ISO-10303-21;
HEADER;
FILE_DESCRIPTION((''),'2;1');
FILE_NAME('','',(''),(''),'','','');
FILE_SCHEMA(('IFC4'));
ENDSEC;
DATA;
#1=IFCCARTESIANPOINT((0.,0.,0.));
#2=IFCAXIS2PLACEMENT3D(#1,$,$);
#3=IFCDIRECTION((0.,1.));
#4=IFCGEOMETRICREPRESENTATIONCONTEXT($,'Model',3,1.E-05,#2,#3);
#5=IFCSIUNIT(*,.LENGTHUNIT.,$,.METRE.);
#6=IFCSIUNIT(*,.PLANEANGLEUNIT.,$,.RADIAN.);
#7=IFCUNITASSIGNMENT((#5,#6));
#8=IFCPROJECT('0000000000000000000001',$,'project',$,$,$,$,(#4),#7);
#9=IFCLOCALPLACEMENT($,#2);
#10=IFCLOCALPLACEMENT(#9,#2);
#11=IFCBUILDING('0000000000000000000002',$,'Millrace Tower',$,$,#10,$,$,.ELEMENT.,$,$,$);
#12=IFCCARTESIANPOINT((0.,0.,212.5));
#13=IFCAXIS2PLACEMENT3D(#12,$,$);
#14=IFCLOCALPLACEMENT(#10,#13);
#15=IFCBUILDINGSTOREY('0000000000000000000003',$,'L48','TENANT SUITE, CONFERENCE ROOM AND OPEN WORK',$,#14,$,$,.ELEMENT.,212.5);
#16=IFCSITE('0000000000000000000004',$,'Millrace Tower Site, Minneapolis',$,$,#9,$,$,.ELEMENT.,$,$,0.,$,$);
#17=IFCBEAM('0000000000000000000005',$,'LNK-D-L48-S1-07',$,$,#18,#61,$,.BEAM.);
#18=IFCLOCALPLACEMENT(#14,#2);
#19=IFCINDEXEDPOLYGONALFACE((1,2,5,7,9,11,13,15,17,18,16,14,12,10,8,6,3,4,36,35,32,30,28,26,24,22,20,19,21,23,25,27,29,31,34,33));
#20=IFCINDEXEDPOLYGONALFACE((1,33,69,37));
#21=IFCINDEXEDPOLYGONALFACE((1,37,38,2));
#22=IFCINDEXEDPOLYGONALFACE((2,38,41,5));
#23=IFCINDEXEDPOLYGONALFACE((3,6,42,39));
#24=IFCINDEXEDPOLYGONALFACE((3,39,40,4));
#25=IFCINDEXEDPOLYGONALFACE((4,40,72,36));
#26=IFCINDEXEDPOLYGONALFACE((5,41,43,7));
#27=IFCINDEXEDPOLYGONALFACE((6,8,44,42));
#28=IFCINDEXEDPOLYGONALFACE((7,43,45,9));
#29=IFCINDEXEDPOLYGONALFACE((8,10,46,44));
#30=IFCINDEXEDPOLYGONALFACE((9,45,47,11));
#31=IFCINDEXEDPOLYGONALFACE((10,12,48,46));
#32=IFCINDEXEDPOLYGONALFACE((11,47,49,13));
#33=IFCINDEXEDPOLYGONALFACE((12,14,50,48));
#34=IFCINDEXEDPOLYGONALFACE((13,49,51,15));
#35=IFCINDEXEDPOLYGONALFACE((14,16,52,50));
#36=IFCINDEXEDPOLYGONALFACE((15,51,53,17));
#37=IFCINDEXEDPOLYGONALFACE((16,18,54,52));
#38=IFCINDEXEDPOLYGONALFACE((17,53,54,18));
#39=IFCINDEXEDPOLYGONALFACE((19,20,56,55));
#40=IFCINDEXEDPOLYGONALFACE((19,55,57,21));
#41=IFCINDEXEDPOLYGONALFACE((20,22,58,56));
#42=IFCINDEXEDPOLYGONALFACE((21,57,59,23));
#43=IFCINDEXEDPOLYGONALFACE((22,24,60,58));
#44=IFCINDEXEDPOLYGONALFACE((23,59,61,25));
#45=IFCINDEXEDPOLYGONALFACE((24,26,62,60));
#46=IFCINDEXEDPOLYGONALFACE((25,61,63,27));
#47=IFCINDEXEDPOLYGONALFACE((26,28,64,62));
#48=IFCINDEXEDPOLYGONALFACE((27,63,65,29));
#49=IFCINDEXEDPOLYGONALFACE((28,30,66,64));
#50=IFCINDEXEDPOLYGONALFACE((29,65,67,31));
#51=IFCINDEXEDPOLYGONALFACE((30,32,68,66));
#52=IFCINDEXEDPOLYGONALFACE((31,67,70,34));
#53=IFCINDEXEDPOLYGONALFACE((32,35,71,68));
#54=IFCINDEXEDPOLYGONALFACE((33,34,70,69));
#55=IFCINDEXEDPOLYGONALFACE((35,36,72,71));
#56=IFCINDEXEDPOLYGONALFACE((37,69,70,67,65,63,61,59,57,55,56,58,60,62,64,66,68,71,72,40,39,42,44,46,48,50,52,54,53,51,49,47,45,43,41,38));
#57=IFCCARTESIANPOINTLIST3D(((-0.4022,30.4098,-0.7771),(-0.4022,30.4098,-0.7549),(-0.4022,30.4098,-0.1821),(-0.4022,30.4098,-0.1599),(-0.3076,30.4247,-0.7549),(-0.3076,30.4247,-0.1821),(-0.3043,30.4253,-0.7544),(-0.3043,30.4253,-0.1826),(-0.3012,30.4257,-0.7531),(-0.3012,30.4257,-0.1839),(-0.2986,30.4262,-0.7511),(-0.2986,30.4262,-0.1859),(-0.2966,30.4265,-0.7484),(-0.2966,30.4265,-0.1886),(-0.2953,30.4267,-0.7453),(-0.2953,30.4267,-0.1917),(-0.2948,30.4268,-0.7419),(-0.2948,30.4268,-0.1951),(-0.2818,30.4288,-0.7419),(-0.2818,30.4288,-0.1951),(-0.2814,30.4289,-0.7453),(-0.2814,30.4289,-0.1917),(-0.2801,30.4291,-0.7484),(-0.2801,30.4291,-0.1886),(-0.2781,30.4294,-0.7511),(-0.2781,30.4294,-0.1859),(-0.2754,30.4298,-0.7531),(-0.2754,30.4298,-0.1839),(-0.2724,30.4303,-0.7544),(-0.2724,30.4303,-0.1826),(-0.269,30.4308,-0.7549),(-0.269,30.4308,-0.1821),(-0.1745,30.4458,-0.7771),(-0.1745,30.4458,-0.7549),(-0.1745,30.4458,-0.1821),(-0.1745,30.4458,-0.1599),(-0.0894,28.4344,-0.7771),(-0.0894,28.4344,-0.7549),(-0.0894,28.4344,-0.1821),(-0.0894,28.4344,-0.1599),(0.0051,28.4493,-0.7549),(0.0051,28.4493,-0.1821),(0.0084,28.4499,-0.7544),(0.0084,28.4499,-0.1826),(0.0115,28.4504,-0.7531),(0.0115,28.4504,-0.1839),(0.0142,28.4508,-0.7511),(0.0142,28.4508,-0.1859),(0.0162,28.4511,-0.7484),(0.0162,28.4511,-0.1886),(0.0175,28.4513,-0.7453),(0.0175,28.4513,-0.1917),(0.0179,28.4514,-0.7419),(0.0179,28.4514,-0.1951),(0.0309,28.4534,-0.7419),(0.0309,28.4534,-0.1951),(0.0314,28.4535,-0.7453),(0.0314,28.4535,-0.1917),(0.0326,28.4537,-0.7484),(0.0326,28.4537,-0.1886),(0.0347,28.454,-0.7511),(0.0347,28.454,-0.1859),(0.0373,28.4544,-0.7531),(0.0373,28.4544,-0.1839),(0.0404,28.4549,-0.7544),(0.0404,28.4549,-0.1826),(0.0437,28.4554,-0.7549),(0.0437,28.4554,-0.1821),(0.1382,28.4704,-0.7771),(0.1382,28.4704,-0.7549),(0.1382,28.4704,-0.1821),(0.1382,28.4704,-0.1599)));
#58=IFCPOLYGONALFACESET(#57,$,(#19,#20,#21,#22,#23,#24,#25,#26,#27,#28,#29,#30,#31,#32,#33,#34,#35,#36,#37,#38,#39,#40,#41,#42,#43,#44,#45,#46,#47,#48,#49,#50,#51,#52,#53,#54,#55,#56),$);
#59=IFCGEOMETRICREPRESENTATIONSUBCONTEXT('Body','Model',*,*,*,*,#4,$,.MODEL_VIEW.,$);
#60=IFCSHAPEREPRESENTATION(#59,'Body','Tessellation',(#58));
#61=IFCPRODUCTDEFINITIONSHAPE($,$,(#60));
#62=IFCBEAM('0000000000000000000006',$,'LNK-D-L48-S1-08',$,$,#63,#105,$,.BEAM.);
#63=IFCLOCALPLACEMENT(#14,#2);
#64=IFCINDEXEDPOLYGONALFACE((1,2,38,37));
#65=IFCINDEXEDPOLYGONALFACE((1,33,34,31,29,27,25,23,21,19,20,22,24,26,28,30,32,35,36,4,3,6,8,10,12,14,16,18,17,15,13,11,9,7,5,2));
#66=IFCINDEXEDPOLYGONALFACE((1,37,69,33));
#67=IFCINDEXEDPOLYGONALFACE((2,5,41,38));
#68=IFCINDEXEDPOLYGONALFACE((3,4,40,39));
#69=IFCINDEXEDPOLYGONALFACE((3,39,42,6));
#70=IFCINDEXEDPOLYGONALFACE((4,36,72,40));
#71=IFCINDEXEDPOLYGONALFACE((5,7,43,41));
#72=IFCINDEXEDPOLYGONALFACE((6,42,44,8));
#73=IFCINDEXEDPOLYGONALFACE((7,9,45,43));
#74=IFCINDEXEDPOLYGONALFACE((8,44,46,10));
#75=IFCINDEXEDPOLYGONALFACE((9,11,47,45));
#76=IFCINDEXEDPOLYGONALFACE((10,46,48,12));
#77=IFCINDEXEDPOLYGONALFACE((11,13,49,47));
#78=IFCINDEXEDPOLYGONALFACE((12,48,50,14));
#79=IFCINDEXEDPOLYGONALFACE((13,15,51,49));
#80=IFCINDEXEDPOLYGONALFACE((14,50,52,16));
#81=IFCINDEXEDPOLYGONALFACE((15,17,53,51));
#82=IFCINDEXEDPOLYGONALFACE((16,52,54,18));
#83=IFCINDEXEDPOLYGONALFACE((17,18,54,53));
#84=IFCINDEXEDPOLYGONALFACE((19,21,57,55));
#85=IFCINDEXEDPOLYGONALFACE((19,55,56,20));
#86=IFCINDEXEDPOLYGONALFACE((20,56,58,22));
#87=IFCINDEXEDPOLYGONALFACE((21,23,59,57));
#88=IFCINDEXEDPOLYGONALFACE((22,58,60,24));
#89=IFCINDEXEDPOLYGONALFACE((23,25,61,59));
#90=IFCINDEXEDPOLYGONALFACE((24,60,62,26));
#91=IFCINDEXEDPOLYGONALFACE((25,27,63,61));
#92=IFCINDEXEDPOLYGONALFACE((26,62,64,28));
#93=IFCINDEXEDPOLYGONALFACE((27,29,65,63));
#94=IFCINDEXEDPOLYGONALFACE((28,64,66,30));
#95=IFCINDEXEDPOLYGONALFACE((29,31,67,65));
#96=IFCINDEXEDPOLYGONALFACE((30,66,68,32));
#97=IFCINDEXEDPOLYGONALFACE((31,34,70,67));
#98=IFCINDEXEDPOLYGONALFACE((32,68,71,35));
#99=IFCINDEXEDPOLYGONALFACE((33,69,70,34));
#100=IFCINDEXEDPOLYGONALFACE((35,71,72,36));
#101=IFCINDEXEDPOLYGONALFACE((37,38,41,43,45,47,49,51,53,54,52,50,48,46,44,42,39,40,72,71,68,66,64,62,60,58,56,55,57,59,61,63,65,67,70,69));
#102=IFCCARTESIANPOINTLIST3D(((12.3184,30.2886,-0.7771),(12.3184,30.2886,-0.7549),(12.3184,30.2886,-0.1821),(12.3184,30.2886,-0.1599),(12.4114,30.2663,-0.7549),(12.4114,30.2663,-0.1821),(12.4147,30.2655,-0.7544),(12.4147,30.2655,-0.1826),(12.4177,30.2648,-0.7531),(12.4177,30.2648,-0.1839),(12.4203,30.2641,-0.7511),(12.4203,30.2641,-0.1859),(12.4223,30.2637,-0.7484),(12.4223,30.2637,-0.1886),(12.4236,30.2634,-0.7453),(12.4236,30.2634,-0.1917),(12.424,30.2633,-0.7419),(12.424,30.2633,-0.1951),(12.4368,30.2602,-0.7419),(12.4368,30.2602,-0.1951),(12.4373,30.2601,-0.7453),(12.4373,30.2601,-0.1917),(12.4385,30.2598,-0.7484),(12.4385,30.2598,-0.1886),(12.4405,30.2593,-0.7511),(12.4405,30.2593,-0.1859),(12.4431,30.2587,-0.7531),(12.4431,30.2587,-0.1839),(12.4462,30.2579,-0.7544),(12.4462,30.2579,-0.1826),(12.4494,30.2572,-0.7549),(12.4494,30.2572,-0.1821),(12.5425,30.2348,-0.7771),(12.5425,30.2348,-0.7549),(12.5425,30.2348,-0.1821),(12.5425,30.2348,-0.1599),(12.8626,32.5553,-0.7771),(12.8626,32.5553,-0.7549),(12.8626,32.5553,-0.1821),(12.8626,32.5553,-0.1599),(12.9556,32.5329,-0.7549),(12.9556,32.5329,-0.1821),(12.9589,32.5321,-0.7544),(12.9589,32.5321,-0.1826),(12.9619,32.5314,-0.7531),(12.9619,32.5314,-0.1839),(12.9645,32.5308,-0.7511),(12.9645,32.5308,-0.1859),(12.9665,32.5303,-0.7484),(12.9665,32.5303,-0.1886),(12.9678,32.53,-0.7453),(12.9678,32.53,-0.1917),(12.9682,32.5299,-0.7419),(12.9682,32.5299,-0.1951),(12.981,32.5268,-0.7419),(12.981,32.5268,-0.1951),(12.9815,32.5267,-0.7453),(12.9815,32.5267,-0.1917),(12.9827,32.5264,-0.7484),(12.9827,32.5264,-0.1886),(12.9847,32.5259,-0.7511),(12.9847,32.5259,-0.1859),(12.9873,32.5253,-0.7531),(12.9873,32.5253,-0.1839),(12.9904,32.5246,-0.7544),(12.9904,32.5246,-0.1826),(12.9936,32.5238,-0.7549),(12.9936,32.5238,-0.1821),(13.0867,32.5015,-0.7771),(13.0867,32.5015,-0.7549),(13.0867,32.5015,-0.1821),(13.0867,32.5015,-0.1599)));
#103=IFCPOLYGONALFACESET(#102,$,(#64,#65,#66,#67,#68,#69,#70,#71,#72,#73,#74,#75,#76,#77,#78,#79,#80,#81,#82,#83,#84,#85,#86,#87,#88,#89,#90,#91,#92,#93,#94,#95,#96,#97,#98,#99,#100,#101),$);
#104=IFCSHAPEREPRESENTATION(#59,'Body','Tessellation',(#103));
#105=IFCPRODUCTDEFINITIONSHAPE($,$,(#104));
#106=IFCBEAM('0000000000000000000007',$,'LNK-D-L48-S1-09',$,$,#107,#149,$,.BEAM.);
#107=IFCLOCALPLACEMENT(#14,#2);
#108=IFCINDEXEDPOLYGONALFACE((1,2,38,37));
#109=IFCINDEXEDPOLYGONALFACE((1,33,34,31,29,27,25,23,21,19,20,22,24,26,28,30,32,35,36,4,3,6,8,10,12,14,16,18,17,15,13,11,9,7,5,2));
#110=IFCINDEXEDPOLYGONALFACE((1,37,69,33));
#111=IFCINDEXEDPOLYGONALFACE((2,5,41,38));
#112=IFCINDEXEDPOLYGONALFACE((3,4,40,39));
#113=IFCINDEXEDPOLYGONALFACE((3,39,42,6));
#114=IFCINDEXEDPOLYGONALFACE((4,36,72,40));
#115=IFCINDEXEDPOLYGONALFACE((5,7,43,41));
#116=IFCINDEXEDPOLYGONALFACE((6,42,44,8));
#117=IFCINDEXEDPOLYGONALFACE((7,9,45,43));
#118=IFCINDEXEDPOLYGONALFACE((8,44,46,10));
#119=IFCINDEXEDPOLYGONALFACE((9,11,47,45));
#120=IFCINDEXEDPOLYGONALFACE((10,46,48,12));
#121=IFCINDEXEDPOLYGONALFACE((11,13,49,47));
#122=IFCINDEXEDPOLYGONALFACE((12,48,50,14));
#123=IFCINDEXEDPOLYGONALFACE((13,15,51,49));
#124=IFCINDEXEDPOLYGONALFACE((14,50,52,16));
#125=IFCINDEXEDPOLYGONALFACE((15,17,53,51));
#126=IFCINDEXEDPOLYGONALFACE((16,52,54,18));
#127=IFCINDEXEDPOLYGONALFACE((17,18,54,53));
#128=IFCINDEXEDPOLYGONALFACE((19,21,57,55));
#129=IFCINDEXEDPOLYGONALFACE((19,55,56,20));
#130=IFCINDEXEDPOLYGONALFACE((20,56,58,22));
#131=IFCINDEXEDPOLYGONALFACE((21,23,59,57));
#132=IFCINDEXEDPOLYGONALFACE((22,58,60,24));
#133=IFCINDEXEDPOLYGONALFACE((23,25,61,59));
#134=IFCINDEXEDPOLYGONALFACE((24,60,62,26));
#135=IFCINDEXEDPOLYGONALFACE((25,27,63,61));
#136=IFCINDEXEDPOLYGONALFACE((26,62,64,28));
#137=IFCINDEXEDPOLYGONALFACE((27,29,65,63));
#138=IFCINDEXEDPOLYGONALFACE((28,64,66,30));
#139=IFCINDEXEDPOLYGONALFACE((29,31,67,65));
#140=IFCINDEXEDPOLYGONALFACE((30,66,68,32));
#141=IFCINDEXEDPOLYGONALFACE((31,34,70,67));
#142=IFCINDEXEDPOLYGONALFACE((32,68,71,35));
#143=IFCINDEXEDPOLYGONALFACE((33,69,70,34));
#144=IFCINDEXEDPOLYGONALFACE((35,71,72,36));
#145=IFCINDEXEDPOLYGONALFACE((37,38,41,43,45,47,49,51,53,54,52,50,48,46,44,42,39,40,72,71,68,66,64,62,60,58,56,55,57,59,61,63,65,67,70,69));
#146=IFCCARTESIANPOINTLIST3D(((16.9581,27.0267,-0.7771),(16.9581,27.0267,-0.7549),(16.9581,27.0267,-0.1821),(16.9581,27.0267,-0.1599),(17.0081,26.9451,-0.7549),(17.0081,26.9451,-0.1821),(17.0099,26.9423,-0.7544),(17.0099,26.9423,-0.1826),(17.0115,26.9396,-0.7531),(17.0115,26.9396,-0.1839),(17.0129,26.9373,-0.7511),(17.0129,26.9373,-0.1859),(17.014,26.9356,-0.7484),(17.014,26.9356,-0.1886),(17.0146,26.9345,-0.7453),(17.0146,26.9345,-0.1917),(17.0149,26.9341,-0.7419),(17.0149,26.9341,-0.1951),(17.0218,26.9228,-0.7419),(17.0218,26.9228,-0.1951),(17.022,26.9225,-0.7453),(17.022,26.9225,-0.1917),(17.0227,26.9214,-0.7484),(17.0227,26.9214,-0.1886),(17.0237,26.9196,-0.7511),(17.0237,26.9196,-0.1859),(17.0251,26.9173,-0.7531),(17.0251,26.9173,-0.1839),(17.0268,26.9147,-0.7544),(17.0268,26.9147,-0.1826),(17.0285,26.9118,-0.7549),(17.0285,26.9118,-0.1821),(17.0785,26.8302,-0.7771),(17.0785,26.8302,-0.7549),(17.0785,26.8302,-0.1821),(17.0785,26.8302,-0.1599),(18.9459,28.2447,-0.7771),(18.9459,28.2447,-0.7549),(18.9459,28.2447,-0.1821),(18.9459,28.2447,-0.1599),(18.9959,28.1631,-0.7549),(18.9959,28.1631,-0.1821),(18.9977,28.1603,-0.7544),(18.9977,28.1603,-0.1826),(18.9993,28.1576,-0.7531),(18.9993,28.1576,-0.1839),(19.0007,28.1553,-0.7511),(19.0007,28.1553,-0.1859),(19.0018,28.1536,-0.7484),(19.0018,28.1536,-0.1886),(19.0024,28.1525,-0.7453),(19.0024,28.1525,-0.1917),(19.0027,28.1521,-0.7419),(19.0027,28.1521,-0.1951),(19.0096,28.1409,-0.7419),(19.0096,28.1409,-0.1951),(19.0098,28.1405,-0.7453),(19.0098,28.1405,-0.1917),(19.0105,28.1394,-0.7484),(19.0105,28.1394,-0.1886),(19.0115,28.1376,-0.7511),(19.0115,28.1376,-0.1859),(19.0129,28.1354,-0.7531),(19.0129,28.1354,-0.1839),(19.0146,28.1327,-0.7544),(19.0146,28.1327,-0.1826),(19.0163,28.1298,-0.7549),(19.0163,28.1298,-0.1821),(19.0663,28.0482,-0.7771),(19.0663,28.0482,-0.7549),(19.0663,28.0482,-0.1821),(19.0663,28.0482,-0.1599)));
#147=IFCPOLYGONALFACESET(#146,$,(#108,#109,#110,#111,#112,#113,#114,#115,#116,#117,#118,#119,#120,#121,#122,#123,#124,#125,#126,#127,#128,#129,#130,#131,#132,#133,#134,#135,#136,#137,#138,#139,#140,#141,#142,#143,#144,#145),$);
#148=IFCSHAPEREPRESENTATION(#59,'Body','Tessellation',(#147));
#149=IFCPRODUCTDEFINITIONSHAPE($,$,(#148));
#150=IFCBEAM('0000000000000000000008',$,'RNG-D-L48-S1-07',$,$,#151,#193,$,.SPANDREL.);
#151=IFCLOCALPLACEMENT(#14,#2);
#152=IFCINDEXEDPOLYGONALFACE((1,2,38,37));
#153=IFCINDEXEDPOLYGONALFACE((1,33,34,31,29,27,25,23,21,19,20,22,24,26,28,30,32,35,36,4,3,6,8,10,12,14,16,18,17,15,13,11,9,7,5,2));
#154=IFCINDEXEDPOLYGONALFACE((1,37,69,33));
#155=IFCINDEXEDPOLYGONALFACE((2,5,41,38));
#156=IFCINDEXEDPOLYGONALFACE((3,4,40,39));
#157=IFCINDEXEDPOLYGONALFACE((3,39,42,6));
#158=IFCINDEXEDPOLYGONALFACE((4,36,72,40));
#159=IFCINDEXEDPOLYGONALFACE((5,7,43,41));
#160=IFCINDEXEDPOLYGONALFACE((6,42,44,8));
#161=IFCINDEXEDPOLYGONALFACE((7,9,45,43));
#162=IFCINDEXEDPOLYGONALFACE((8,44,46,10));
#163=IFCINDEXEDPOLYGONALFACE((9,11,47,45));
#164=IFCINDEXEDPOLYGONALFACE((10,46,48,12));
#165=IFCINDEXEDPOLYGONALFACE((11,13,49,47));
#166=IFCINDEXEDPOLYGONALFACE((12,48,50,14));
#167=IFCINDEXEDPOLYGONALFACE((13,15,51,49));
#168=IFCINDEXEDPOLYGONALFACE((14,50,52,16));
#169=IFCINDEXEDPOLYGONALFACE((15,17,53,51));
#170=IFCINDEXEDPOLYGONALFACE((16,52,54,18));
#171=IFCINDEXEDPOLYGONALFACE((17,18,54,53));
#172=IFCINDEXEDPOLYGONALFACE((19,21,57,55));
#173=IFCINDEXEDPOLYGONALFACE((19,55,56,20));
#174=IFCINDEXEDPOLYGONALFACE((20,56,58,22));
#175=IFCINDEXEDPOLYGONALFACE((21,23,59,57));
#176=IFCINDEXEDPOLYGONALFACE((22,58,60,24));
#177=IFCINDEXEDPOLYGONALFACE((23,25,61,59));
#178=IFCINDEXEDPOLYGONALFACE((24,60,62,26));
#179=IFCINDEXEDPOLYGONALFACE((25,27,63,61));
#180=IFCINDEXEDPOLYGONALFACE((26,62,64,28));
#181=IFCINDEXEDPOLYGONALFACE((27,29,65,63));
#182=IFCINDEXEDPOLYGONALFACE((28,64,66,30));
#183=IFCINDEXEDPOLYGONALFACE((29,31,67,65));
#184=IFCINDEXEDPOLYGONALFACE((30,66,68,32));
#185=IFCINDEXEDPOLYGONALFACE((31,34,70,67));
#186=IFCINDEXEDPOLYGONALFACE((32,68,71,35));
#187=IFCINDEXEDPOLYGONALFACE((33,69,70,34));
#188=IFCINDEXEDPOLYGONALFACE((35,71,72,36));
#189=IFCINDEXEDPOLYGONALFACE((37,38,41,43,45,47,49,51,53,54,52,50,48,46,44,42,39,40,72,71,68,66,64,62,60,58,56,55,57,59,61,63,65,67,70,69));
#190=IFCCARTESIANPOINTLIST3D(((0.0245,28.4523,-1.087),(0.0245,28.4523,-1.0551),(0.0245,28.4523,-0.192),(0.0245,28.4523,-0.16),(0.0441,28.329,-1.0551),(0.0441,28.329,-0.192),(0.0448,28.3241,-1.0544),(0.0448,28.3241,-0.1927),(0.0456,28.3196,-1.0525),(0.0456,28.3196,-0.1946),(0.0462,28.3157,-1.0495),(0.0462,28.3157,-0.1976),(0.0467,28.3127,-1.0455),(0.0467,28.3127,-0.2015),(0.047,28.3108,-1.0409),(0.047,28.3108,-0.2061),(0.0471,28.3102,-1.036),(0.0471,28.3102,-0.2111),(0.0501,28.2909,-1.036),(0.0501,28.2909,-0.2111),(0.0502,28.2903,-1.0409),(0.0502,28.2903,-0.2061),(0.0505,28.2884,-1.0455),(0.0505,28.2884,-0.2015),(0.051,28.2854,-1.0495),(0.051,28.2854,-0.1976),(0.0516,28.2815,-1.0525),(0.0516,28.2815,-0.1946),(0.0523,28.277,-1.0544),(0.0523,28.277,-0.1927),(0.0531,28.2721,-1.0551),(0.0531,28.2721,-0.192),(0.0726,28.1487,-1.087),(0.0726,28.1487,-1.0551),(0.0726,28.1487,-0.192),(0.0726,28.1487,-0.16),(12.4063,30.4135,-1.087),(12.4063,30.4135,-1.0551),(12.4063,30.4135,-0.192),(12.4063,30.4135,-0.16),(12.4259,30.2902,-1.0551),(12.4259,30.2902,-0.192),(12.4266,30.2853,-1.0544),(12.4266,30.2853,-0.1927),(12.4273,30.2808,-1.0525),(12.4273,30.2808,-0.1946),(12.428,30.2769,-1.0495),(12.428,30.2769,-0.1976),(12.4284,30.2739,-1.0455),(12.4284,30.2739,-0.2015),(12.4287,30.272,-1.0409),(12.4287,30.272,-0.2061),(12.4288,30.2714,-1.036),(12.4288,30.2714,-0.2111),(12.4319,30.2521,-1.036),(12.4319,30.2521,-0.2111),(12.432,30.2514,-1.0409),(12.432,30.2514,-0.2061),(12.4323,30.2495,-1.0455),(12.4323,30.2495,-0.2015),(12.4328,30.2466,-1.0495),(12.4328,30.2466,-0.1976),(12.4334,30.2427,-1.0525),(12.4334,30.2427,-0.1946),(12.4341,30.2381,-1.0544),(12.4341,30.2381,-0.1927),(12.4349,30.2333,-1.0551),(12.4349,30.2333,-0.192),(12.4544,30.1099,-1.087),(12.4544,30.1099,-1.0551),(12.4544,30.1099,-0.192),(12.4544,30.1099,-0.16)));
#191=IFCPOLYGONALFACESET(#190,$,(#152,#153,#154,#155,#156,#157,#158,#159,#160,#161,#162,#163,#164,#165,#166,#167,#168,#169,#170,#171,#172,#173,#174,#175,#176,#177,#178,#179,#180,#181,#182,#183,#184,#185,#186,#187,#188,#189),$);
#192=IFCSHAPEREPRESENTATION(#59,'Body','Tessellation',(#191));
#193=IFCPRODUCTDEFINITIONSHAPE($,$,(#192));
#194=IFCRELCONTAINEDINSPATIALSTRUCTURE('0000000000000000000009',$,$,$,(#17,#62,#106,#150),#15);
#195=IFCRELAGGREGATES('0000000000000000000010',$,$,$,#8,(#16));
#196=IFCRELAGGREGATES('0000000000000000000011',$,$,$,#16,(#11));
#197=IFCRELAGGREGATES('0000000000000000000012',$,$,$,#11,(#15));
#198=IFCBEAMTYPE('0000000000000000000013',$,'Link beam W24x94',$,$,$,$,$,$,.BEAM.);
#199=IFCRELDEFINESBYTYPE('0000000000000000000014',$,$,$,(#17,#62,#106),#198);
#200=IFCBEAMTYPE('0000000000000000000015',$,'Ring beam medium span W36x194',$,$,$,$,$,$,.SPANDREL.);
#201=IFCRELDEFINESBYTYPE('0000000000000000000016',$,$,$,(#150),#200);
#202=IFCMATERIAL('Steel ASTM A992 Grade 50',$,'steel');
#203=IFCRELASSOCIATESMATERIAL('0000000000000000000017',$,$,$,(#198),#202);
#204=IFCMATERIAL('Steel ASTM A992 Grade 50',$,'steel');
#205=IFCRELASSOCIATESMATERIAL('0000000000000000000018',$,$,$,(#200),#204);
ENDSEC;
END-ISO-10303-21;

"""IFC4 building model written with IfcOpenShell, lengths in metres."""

from ifc_helpers import new_model, si_unit, direction, frame, origin, origin_2d, place, context, subcontext, project, spatial, i_section, extrude, material, material_profile, profile_set, type_object, element, save


model = new_model("IFC4")

# Units and contexts
model_context = context("Model", 3, precision=1e-05, world=origin(), true_north=direction((0.0, 1.0)))
body_context = subcontext(model_context, "Body", "Model", "MODEL_VIEW")
ifc_project = project(units=[si_unit("LENGTHUNIT", "METRE"), si_unit("PLANEANGLEUNIT", "RADIAN")], contexts=[model_context])

# Site, building, storey
site_placement = place(None, origin())
site = spatial("IfcSite", under=ifc_project, at=site_placement, Name="Millrace Tower Site, Minneapolis", CompositionType="ELEMENT", RefElevation=0.0)
building_placement = place(site_placement, origin())
building = spatial("IfcBuilding", under=site, at=building_placement, Name="Millrace Tower", CompositionType="ELEMENT")
storey_placement = place(building_placement, frame((0.0, 0.0, 212.5)))
storey = spatial("IfcBuildingStorey", under=building, at=storey_placement, Name="L48", Description="TENANT SUITE, CONFERENCE ROOM AND OPEN WORK", CompositionType="ELEMENT", Elevation=212.5)

# Beams
ifc_material_1 = material(Name="Steel ASTM A992 Grade 50", Category="steel")
ifc_material_profile_1 = material_profile(ifc_material_1, i_section(OverallWidth=0.2305, OverallDepth=0.6172, WebThickness=0.0132, FlangeThickness=0.0222, FilletRadius=0.0129, at=origin_2d()))
ifc_profile_set_1 = profile_set([ifc_material_profile_1], Name="Steel ASTM A992 Grade 50")
beam_type_1 = type_object("IfcBeamType", Name="Link beam W24x94", PredefinedType="BEAM", material=ifc_profile_set_1)
beam_1_placement = place(storey_placement, frame((0.0244, 28.4524, -0.4685), z_axis=(-0.156376, 0.987698, 0.0), x_axis=(-0.987698, -0.156376, 0.0)))
element("IfcBeam", 1, at=beam_1_placement, inside=storey, type_object=beam_type_1, Name="LNK-D-L48-S1-07", PredefinedType="BEAM", context=body_context, shape_type="SweptSolid", body=[
    extrude(i_section(OverallWidth=0.2305, OverallDepth=0.6172, WebThickness=0.0132, FlangeThickness=0.0222, FilletRadius=0.0129, at=origin_2d()), origin(), (0.0, 0.0, 1.0), 2.0),
])
beam_2_placement = place(storey_placement, frame((12.4304, 30.2617, -0.4685), z_axis=(0.233456, 0.972367, 0.0), x_axis=(-0.972367, 0.233456, 0.0)))
element("IfcBeam", 2, at=beam_2_placement, inside=storey, type_object=beam_type_1, Name="LNK-D-L48-S1-08", PredefinedType="BEAM", context=body_context, shape_type="SweptSolid", body=[
    extrude(i_section(OverallWidth=0.2305, OverallDepth=0.6172, WebThickness=0.0132, FlangeThickness=0.0222, FilletRadius=0.0129, at=origin_2d()), origin(), (0.0, 0.0, 1.0), 2.3311),
])
beam_3_placement = place(storey_placement, frame((17.0183, 26.9285, -0.4685), z_axis=(0.85266, 0.522466, 0.0), x_axis=(-0.522466, 0.85266, 0.0)))
element("IfcBeam", 3, at=beam_3_placement, inside=storey, type_object=beam_type_1, Name="LNK-D-L48-S1-09", PredefinedType="BEAM", context=body_context, shape_type="SweptSolid", body=[
    extrude(i_section(OverallWidth=0.2305, OverallDepth=0.6172, WebThickness=0.0132, FlangeThickness=0.0222, FilletRadius=0.0129, at=origin_2d()), origin(), (0.0, 0.0, 1.0), 2.3313),
])
ifc_material_2 = material(Name="Steel ASTM A992 Grade 50", Category="steel")
ifc_material_profile_2 = material_profile(ifc_material_2, i_section(OverallWidth=0.3074, OverallDepth=0.927, WebThickness=0.0195, FlangeThickness=0.032, FilletRadius=0.019, at=origin_2d()))
ifc_profile_set_2 = profile_set([ifc_material_profile_2], Name="Steel ASTM A992 Grade 50")
beam_type_2 = type_object("IfcBeamType", Name="Ring beam medium span W36x194", PredefinedType="SPANDREL", material=ifc_profile_set_2)
beam_4_placement = place(storey_placement, frame((0.0486, 28.3005, -0.6235), z_axis=(0.987687, 0.156442, 0.0), x_axis=(-0.156442, 0.987687, 0.0)))
element("IfcBeam", 4, at=beam_4_placement, inside=storey, type_object=beam_type_2, Name="RNG-D-L48-S1-07", PredefinedType="SPANDREL", context=body_context, shape_type="SweptSolid", body=[
    extrude(i_section(OverallWidth=0.3074, OverallDepth=0.927, WebThickness=0.0195, FlangeThickness=0.032, FilletRadius=0.019, at=origin_2d()), origin(), (0.0, 0.0, 1.0), 12.5361),
])

save(model, "model.ifc")
